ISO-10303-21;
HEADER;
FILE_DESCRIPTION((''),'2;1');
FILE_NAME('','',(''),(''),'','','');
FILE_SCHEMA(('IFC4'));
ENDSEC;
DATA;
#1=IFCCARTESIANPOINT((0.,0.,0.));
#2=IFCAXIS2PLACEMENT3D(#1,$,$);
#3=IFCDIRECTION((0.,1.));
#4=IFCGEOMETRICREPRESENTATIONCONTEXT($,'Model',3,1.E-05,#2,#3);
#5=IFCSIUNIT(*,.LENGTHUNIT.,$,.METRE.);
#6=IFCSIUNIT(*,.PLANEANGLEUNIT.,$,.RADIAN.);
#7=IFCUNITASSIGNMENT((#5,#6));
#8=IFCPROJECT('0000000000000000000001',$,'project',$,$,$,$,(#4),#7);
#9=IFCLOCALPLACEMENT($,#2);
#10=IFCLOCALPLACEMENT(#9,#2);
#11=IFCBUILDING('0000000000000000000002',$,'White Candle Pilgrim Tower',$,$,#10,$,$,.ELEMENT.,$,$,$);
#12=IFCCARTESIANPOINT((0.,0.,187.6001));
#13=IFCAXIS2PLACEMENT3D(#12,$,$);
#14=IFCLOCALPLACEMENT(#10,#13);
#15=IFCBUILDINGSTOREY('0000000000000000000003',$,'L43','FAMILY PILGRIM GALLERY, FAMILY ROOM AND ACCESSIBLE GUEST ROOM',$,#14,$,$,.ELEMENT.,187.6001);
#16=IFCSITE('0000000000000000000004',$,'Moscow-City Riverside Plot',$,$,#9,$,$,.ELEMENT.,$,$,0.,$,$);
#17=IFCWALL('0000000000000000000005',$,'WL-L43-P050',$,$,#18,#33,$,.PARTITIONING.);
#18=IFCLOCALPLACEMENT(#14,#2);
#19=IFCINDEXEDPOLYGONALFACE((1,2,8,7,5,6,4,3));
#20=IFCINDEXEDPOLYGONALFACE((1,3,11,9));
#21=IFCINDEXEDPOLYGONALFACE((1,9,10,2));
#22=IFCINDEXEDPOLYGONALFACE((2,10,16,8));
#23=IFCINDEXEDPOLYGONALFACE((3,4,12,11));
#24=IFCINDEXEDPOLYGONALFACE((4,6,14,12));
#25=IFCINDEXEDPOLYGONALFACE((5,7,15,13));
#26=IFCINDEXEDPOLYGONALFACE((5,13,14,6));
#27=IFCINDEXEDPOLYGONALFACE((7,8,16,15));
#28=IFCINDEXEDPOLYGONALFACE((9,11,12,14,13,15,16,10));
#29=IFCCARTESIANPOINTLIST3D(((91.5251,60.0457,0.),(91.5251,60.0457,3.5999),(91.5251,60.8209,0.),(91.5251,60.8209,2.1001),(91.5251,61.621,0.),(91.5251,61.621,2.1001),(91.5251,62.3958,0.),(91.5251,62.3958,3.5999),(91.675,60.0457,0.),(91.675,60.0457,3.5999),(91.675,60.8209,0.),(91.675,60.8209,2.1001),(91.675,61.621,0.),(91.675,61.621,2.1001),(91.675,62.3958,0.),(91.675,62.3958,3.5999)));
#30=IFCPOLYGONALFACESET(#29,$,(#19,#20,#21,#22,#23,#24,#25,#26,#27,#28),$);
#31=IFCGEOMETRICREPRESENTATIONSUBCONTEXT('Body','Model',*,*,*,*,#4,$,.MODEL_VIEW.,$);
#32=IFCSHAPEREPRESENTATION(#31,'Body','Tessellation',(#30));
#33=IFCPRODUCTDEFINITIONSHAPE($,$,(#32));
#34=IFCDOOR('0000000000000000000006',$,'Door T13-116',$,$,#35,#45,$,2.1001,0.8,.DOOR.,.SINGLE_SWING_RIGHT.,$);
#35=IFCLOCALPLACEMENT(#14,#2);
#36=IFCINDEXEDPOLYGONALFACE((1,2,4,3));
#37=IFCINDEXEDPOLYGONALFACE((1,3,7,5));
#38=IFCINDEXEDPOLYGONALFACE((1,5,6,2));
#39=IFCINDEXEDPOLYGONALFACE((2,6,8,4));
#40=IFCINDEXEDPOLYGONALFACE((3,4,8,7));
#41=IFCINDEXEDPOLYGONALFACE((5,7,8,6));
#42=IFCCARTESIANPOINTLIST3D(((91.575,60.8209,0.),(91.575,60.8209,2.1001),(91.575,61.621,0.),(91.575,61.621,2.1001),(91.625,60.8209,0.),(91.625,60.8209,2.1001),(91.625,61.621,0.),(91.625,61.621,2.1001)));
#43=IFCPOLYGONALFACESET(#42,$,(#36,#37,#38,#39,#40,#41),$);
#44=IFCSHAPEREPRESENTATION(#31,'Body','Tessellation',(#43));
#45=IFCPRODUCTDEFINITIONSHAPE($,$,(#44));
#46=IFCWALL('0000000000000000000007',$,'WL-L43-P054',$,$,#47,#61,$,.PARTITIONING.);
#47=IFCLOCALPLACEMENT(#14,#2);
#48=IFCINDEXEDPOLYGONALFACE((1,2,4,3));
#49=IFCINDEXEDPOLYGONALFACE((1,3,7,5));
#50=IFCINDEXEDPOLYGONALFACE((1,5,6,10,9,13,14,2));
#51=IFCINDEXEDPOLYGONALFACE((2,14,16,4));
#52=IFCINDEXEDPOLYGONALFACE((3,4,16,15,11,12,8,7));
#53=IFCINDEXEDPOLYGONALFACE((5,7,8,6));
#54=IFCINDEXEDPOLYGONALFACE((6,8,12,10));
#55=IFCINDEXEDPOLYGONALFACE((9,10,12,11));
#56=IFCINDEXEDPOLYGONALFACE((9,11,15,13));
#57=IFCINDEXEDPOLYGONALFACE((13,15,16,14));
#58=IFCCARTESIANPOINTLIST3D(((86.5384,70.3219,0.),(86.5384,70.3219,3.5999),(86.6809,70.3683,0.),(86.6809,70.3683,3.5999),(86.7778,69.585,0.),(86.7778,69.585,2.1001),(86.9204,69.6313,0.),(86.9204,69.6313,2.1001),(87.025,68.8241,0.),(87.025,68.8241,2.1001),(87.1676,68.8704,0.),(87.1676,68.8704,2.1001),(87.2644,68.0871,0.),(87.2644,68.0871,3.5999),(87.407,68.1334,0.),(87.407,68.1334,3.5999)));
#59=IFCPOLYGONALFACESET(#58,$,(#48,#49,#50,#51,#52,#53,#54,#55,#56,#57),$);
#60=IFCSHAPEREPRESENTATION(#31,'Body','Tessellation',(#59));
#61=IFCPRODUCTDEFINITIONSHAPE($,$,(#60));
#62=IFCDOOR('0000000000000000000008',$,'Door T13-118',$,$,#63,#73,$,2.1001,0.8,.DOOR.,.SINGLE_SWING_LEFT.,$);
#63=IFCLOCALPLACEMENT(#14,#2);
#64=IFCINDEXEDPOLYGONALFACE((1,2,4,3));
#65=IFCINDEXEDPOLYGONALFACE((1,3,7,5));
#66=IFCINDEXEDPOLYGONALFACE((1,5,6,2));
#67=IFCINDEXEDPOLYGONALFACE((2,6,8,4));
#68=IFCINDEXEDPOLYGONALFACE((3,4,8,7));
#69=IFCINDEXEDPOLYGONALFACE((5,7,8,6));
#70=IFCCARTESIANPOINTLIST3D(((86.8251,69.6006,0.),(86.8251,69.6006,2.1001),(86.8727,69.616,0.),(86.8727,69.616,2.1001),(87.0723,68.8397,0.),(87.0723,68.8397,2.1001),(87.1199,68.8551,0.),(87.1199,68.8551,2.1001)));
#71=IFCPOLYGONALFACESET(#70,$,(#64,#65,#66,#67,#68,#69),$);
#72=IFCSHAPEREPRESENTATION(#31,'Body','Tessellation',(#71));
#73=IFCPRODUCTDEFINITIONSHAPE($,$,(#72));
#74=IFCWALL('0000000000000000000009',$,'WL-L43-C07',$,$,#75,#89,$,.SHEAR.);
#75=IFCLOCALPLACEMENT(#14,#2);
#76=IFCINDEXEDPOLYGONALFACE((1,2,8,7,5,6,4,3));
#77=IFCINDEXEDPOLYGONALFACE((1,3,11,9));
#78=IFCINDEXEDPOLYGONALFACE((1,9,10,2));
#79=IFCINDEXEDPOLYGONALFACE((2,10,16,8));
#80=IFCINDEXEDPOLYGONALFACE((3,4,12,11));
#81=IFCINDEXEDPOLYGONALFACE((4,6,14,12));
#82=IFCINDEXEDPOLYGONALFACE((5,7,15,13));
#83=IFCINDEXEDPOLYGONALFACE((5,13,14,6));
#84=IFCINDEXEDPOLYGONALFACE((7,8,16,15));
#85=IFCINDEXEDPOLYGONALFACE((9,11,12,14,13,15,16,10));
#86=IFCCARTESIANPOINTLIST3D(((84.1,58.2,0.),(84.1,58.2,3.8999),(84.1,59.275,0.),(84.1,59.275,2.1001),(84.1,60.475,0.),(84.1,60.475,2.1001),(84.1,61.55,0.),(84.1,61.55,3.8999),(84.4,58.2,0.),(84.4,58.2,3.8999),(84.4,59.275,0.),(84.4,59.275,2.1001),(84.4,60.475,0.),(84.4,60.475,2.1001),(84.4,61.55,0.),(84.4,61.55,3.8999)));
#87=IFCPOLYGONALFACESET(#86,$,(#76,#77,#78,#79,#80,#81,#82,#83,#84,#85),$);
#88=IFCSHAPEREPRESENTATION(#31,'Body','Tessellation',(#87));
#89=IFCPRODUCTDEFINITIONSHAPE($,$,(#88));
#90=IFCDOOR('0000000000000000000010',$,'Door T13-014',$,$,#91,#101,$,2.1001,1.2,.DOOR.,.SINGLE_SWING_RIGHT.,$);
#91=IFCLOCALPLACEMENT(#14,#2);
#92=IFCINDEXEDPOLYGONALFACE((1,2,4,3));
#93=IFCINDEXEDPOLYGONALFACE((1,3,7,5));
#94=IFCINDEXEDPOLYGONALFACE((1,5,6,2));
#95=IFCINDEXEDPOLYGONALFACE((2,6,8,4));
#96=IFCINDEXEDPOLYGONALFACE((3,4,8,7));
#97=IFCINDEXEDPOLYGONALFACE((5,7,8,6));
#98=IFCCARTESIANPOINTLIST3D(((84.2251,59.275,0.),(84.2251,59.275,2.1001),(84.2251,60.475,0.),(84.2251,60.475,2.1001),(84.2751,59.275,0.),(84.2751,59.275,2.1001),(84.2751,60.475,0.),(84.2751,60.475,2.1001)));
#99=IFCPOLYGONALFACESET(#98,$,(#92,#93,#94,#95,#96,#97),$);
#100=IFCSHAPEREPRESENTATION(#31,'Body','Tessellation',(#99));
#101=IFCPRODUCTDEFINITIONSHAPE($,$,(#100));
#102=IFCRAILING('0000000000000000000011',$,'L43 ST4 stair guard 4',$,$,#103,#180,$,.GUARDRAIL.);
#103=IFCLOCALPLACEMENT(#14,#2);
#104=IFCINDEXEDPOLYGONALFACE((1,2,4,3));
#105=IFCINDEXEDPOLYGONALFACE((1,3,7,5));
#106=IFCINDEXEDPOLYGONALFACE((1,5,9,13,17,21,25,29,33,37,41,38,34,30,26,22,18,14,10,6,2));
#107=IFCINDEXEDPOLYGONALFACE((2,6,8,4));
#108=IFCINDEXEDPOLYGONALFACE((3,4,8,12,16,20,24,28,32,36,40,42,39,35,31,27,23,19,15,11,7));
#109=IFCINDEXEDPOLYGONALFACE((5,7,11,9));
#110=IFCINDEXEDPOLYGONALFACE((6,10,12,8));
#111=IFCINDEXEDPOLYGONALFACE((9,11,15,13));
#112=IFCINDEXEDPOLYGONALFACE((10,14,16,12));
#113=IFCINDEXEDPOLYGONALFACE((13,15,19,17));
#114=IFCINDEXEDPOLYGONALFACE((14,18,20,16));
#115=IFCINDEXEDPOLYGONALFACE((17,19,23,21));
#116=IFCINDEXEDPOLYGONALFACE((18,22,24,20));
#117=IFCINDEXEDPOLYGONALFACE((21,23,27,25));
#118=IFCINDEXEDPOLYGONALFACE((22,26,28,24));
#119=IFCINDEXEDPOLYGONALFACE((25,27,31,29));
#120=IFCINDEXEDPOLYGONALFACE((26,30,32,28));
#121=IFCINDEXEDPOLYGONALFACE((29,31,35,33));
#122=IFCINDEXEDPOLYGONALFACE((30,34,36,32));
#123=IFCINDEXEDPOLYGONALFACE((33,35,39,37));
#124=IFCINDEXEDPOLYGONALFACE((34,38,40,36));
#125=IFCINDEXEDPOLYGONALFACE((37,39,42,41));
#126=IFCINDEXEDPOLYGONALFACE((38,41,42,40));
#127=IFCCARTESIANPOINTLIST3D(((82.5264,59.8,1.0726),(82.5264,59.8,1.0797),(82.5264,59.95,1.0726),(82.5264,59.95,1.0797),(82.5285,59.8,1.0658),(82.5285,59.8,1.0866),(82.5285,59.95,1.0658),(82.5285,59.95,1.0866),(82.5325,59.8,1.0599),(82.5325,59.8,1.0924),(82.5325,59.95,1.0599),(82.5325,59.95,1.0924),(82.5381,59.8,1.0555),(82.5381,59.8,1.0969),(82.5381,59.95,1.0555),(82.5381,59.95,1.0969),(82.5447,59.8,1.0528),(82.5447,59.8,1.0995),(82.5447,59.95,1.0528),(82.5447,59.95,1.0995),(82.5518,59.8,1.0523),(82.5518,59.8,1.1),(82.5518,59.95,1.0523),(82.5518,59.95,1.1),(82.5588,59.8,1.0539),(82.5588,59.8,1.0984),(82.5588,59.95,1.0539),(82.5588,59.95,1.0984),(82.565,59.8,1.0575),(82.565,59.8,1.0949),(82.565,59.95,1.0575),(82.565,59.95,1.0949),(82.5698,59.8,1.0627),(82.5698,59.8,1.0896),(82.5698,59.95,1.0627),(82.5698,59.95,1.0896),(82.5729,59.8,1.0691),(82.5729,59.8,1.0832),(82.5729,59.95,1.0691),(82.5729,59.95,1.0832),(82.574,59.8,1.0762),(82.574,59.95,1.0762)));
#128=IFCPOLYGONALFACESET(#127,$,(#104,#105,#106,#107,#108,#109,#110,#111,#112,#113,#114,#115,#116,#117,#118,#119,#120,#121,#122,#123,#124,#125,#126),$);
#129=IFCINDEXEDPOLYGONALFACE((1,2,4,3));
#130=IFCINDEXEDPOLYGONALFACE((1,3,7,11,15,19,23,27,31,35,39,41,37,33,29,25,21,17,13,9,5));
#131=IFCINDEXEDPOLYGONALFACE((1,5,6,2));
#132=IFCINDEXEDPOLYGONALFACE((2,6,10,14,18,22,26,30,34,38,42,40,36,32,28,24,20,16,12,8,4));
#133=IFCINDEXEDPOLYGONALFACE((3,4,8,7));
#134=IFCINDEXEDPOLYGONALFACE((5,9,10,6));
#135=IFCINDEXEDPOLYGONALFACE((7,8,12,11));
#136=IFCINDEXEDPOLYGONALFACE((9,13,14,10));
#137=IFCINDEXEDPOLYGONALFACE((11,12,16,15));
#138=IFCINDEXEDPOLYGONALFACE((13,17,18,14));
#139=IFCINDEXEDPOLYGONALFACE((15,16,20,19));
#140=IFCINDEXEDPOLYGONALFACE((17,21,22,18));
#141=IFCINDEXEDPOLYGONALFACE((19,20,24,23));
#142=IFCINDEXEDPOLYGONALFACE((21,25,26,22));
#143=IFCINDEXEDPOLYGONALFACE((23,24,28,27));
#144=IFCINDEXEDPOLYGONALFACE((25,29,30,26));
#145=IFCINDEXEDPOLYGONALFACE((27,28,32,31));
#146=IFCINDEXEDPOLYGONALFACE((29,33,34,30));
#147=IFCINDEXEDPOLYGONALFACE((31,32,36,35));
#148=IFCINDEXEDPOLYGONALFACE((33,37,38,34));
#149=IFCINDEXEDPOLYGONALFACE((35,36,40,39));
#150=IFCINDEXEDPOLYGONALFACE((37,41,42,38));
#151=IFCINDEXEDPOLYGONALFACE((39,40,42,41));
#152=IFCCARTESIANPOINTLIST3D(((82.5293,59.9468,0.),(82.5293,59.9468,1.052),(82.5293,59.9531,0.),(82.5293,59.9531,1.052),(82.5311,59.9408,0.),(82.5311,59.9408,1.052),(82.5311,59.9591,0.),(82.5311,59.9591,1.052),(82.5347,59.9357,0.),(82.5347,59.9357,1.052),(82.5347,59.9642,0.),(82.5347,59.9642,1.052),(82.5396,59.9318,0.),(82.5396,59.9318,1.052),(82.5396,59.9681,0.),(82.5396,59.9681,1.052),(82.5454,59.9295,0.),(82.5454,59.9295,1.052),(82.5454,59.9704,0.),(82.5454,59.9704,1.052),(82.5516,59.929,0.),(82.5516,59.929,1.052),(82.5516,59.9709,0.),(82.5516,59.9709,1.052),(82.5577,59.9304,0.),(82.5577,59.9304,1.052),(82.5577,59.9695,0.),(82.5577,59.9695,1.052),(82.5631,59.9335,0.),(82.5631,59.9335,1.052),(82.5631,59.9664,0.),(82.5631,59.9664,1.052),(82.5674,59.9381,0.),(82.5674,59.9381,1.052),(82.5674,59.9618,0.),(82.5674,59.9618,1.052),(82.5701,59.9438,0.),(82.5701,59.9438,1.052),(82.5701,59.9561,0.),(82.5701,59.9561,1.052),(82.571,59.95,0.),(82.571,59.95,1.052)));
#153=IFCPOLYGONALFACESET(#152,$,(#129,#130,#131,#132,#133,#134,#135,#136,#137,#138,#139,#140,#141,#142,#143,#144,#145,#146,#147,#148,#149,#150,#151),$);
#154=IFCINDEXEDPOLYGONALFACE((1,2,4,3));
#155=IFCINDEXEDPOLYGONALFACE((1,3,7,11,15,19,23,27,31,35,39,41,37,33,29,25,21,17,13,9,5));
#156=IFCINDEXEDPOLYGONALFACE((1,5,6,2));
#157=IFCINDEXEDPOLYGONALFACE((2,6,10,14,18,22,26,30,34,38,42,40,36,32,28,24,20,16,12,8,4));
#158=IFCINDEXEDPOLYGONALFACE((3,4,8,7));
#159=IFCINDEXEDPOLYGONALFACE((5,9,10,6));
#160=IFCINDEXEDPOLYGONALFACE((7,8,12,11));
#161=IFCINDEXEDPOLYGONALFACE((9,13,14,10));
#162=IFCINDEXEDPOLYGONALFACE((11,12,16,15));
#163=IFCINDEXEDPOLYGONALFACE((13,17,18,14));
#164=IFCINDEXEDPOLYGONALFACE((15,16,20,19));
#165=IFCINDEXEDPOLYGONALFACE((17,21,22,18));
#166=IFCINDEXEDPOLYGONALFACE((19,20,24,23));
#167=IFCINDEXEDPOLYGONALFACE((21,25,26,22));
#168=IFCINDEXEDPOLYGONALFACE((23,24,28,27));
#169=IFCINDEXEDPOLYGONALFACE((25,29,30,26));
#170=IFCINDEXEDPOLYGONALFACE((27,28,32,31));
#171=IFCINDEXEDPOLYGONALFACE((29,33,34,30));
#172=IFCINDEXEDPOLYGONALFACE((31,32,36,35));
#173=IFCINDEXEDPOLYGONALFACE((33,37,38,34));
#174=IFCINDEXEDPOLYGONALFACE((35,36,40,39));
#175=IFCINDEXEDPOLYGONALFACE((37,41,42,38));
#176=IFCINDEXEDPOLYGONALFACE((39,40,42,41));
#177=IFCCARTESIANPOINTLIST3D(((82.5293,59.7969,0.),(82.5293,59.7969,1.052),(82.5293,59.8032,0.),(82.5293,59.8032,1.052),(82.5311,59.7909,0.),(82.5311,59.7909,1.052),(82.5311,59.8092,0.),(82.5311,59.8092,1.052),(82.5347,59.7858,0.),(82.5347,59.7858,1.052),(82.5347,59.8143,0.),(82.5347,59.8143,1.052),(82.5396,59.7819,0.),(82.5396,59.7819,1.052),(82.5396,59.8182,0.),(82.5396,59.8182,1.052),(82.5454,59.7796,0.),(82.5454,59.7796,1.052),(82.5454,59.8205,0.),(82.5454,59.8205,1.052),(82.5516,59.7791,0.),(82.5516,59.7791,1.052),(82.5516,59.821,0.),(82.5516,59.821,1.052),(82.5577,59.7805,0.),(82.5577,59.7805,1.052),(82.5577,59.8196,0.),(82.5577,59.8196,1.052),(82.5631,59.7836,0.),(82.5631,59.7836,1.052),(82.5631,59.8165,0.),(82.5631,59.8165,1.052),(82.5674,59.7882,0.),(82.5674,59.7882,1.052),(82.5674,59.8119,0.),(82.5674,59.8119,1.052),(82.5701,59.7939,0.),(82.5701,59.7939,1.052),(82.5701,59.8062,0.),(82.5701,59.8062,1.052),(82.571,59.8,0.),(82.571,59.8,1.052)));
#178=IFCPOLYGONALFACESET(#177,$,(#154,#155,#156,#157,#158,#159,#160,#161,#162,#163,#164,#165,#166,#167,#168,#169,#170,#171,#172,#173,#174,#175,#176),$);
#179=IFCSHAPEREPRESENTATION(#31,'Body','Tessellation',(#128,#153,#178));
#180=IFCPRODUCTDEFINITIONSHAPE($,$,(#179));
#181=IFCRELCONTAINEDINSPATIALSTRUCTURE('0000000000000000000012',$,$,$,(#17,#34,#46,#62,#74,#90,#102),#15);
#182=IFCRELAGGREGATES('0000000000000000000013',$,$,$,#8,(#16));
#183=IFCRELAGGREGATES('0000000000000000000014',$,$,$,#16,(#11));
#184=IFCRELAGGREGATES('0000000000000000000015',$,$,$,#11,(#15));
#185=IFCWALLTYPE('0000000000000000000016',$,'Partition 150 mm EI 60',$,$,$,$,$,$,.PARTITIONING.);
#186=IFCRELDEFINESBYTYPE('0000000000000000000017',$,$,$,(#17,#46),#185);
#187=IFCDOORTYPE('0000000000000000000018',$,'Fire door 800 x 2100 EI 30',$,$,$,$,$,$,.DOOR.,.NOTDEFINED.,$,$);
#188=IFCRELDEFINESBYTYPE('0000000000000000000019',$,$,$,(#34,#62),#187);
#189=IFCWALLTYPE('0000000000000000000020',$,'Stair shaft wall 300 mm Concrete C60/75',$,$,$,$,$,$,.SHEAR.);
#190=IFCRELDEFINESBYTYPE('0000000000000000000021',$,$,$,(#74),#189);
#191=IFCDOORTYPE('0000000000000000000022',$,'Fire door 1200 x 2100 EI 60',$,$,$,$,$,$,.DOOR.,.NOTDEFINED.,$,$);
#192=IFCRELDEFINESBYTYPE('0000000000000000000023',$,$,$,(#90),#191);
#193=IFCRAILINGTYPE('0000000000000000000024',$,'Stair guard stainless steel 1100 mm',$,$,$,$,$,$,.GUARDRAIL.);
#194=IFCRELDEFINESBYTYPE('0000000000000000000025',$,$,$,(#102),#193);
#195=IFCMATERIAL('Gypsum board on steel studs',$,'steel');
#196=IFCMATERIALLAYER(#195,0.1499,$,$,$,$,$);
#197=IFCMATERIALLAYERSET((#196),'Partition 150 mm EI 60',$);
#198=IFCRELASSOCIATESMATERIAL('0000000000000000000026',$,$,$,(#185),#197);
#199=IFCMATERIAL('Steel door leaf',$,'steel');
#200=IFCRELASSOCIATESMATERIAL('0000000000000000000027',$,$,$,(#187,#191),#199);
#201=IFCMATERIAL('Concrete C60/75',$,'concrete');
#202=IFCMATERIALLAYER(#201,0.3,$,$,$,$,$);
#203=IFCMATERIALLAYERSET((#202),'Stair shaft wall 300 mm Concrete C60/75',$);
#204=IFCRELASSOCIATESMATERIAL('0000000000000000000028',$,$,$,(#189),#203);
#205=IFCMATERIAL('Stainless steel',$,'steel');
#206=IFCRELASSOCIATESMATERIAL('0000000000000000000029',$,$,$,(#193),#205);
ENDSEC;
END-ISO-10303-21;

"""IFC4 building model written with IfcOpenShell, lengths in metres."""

from ifc_helpers import new_model, si_unit, direction, frame, frame_2d, origin, origin_2d, place, context, subcontext, project, spatial, rectangle, circle, extrude, material, layer, layer_set, type_object, element, fill, save


model = new_model("IFC4")

# Units and contexts
model_context = context("Model", 3, precision=1e-05, world=origin(), true_north=direction((0.0, 1.0)))
body_context = subcontext(model_context, "Body", "Model", "MODEL_VIEW")
ifc_project = project(units=[si_unit("LENGTHUNIT", "METRE"), si_unit("PLANEANGLEUNIT", "RADIAN")], contexts=[model_context])

# Site, building, storey
site_placement = place(None, origin())
site = spatial("IfcSite", under=ifc_project, at=site_placement, Name="Moscow-City Riverside Plot", CompositionType="ELEMENT", RefElevation=0.0)
building_placement = place(site_placement, origin())
building = spatial("IfcBuilding", under=site, at=building_placement, Name="White Candle Pilgrim Tower", CompositionType="ELEMENT")
storey_placement = place(building_placement, frame((0.0, 0.0, 187.6001)))
storey = spatial("IfcBuildingStorey", under=building, at=storey_placement, Name="L43", Description="FAMILY PILGRIM GALLERY, FAMILY ROOM AND ACCESSIBLE GUEST ROOM", CompositionType="ELEMENT", Elevation=187.6001)

# Shared definitions
ifc_material_1 = material(Name="Concrete C60/75", Category="concrete")

# Shared definitions
ifc_material_2 = material(Name="Gypsum board on steel studs", Category="steel")
ifc_material_3 = material(Name="Steel door leaf", Category="steel")

# Shared definitions
ifc_layer_1 = layer(ifc_material_2, 0.1499)
ifc_layer_set_1 = layer_set([ifc_layer_1], Name="Partition 150 mm EI 60")
wall_type_1 = type_object("IfcWallType", Name="Partition 150 mm EI 60", PredefinedType="PARTITIONING", material=ifc_layer_set_1)

# Walls, openings, doors
wall_1_placement = place(storey_placement, frame((91.6001, 62.3958, 0.0), z_axis=(0.0, 0.0, 1.0), x_axis=(0.0, -1.0, 0.0)))
wall_1 = element("IfcWall", 1, at=wall_1_placement, inside=storey, type_object=wall_type_1, Name="WL-L43-P050", PredefinedType="PARTITIONING", context=body_context, shape_type="SweptSolid", body=[
    extrude(rectangle(XDim=2.3501, YDim=0.1499, at=frame_2d((1.175, 0.0))), origin(), (0.0, 0.0, 1.0), 3.5999),
])
opening_1_placement = place(wall_1_placement, frame((0.7749, 0.0, 0.0)))
opening_1 = element("IfcOpeningElement", 2, at=opening_1_placement, cuts=wall_1, PredefinedType="OPENING", context=body_context, shape_type="SweptSolid", body=[
    extrude(rectangle(XDim=0.8, YDim=2.1001, at=frame_2d((0.3999, 1.05))), frame((0.0, 0.085, 0.0), z_axis=(0.0, -1.0, 0.0), x_axis=(1.0, 0.0, 0.0)), (0.0, 0.0, 1.0), 0.1699),
])
door_type_1 = type_object("IfcDoorType", Name="Fire door 800 x 2100 EI 30", OperationType="NOTDEFINED", PredefinedType="DOOR", material=ifc_material_3)
door_1_placement = place(opening_1_placement, origin())
door_1 = element("IfcDoor", 3, at=door_1_placement, inside=storey, type_object=door_type_1, Name="Door T13-116", OperationType="SINGLE_SWING_RIGHT", OverallHeight=2.1001, OverallWidth=0.8, PredefinedType="DOOR", context=body_context, shape_type="SweptSolid", body=[
    extrude(rectangle(XDim=0.8, YDim=2.1001, at=frame_2d((0.3999, 1.05))), frame((0.0, 0.0249, 0.0), z_axis=(0.0, -1.0, 0.0), x_axis=(1.0, 0.0, 0.0)), (0.0, 0.0, 1.0), 0.05),
])
fill(opening_1, door_1)
wall_2_placement = place(storey_placement, frame((87.3357, 68.1104, 0.0), z_axis=(0.0, 0.0, 1.0), x_axis=(-0.308987, 0.951066, 0.0)))
wall_2 = element("IfcWall", 4, at=wall_2_placement, inside=storey, type_object=wall_type_1, Name="WL-L43-P054", PredefinedType="PARTITIONING", context=body_context, shape_type="SweptSolid", body=[
    extrude(rectangle(XDim=2.3499, YDim=0.1499, at=frame_2d((1.1748, 0.0))), origin(), (0.0, 0.0, 1.0), 3.5999),
])
opening_2_placement = place(wall_2_placement, frame((0.7749, 0.0, 0.0)))
opening_2 = element("IfcOpeningElement", 5, at=opening_2_placement, cuts=wall_2, PredefinedType="OPENING", context=body_context, shape_type="SweptSolid", body=[
    extrude(rectangle(XDim=0.8, YDim=2.1001, at=frame_2d((0.3999, 1.05))), frame((0.0, 0.085, 0.0), z_axis=(0.0, -1.0, 0.0), x_axis=(1.0, 0.0, 0.0)), (0.0, 0.0, 1.0), 0.1699),
])
door_2_placement = place(opening_2_placement, frame((0.8, 0.0, 0.0), z_axis=(0.0, 0.0, 1.0), x_axis=(-1.0, 0.0, 0.0)))
door_2 = element("IfcDoor", 6, at=door_2_placement, inside=storey, type_object=door_type_1, Name="Door T13-118", OperationType="SINGLE_SWING_LEFT", OverallHeight=2.1001, OverallWidth=0.8, PredefinedType="DOOR", context=body_context, shape_type="SweptSolid", body=[
    extrude(rectangle(XDim=0.8, YDim=2.1001, at=frame_2d((0.3999, 1.05))), frame((0.0, 0.0249, 0.0), z_axis=(0.0, -1.0, 0.0), x_axis=(1.0, 0.0, 0.0)), (0.0, 0.0, 1.0), 0.05),
])
fill(opening_2, door_2)
ifc_layer_2 = layer(ifc_material_1, 0.3)
ifc_layer_set_2 = layer_set([ifc_layer_2], Name="Stair shaft wall 300 mm Concrete C60/75")
wall_type_2 = type_object("IfcWallType", Name="Stair shaft wall 300 mm Concrete C60/75", PredefinedType="SHEAR", material=ifc_layer_set_2)
wall_3_placement = place(storey_placement, frame((84.25, 58.2, 0.0), z_axis=(0.0, 0.0, 1.0), x_axis=(0.0, 1.0, 0.0)))
wall_3 = element("IfcWall", 7, at=wall_3_placement, inside=storey, type_object=wall_type_2, Name="WL-L43-C07", PredefinedType="SHEAR", context=body_context, shape_type="SweptSolid", body=[
    extrude(rectangle(XDim=3.3501, YDim=0.3, at=frame_2d((1.675, 0.0))), origin(), (0.0, 0.0, 1.0), 3.8999),
])
opening_3_placement = place(wall_3_placement, frame((1.075, 0.0, 0.0)))
opening_3 = element("IfcOpeningElement", 8, at=opening_3_placement, cuts=wall_3, PredefinedType="OPENING", context=body_context, shape_type="SweptSolid", body=[
    extrude(rectangle(XDim=1.2, YDim=2.1001, at=frame_2d((0.6001, 1.05))), frame((0.0, 0.1599, 0.0), z_axis=(0.0, -1.0, 0.0), x_axis=(1.0, 0.0, 0.0)), (0.0, 0.0, 1.0), 0.3201),
])
door_type_2 = type_object("IfcDoorType", Name="Fire door 1200 x 2100 EI 60", OperationType="NOTDEFINED", PredefinedType="DOOR", material=ifc_material_3)
door_3_placement = place(opening_3_placement, origin())
door_3 = element("IfcDoor", 9, at=door_3_placement, inside=storey, type_object=door_type_2, Name="Door T13-014", OperationType="SINGLE_SWING_RIGHT", OverallHeight=2.1001, OverallWidth=1.2, PredefinedType="DOOR", context=body_context, shape_type="SweptSolid", body=[
    extrude(rectangle(XDim=1.2, YDim=2.1001, at=frame_2d((0.6001, 1.05))), frame((0.0, 0.0249, 0.0), z_axis=(0.0, -1.0, 0.0), x_axis=(1.0, 0.0, 0.0)), (0.0, 0.0, 1.0), 0.05),
])
fill(opening_3, door_3)

# Railing
ifc_material_4 = material(Name="Stainless steel", Category="steel")
railing_type_1 = type_object("IfcRailingType", Name="Stair guard stainless steel 1100 mm", PredefinedType="GUARDRAIL", material=ifc_material_4)
railing_1_placement = place(storey_placement, frame((82.55, 59.95, 0.0)))
element("IfcRailing", 10, at=railing_1_placement, inside=storey, type_object=railing_type_1, Name="L43 ST4 stair guard 4", PredefinedType="GUARDRAIL", context=body_context, shape_type="SweptSolid", body=[
    extrude(circle(Radius=0.0239, at=origin_2d()), frame((0.0, 0.0, 1.0762), z_axis=(0.0, -1.0, 0.0), x_axis=(1.0, 0.0, 0.0)), (0.0, 0.0, 1.0), 0.1499),
    extrude(circle(Radius=0.021, at=origin_2d()), origin(), (0.0, 0.0, 1.0), 1.052),
    extrude(circle(Radius=0.021, at=origin_2d()), frame((0.0, -0.1499, 0.0)), (0.0, 0.0, 1.0), 1.052),
])

save(model, "model.ifc")
